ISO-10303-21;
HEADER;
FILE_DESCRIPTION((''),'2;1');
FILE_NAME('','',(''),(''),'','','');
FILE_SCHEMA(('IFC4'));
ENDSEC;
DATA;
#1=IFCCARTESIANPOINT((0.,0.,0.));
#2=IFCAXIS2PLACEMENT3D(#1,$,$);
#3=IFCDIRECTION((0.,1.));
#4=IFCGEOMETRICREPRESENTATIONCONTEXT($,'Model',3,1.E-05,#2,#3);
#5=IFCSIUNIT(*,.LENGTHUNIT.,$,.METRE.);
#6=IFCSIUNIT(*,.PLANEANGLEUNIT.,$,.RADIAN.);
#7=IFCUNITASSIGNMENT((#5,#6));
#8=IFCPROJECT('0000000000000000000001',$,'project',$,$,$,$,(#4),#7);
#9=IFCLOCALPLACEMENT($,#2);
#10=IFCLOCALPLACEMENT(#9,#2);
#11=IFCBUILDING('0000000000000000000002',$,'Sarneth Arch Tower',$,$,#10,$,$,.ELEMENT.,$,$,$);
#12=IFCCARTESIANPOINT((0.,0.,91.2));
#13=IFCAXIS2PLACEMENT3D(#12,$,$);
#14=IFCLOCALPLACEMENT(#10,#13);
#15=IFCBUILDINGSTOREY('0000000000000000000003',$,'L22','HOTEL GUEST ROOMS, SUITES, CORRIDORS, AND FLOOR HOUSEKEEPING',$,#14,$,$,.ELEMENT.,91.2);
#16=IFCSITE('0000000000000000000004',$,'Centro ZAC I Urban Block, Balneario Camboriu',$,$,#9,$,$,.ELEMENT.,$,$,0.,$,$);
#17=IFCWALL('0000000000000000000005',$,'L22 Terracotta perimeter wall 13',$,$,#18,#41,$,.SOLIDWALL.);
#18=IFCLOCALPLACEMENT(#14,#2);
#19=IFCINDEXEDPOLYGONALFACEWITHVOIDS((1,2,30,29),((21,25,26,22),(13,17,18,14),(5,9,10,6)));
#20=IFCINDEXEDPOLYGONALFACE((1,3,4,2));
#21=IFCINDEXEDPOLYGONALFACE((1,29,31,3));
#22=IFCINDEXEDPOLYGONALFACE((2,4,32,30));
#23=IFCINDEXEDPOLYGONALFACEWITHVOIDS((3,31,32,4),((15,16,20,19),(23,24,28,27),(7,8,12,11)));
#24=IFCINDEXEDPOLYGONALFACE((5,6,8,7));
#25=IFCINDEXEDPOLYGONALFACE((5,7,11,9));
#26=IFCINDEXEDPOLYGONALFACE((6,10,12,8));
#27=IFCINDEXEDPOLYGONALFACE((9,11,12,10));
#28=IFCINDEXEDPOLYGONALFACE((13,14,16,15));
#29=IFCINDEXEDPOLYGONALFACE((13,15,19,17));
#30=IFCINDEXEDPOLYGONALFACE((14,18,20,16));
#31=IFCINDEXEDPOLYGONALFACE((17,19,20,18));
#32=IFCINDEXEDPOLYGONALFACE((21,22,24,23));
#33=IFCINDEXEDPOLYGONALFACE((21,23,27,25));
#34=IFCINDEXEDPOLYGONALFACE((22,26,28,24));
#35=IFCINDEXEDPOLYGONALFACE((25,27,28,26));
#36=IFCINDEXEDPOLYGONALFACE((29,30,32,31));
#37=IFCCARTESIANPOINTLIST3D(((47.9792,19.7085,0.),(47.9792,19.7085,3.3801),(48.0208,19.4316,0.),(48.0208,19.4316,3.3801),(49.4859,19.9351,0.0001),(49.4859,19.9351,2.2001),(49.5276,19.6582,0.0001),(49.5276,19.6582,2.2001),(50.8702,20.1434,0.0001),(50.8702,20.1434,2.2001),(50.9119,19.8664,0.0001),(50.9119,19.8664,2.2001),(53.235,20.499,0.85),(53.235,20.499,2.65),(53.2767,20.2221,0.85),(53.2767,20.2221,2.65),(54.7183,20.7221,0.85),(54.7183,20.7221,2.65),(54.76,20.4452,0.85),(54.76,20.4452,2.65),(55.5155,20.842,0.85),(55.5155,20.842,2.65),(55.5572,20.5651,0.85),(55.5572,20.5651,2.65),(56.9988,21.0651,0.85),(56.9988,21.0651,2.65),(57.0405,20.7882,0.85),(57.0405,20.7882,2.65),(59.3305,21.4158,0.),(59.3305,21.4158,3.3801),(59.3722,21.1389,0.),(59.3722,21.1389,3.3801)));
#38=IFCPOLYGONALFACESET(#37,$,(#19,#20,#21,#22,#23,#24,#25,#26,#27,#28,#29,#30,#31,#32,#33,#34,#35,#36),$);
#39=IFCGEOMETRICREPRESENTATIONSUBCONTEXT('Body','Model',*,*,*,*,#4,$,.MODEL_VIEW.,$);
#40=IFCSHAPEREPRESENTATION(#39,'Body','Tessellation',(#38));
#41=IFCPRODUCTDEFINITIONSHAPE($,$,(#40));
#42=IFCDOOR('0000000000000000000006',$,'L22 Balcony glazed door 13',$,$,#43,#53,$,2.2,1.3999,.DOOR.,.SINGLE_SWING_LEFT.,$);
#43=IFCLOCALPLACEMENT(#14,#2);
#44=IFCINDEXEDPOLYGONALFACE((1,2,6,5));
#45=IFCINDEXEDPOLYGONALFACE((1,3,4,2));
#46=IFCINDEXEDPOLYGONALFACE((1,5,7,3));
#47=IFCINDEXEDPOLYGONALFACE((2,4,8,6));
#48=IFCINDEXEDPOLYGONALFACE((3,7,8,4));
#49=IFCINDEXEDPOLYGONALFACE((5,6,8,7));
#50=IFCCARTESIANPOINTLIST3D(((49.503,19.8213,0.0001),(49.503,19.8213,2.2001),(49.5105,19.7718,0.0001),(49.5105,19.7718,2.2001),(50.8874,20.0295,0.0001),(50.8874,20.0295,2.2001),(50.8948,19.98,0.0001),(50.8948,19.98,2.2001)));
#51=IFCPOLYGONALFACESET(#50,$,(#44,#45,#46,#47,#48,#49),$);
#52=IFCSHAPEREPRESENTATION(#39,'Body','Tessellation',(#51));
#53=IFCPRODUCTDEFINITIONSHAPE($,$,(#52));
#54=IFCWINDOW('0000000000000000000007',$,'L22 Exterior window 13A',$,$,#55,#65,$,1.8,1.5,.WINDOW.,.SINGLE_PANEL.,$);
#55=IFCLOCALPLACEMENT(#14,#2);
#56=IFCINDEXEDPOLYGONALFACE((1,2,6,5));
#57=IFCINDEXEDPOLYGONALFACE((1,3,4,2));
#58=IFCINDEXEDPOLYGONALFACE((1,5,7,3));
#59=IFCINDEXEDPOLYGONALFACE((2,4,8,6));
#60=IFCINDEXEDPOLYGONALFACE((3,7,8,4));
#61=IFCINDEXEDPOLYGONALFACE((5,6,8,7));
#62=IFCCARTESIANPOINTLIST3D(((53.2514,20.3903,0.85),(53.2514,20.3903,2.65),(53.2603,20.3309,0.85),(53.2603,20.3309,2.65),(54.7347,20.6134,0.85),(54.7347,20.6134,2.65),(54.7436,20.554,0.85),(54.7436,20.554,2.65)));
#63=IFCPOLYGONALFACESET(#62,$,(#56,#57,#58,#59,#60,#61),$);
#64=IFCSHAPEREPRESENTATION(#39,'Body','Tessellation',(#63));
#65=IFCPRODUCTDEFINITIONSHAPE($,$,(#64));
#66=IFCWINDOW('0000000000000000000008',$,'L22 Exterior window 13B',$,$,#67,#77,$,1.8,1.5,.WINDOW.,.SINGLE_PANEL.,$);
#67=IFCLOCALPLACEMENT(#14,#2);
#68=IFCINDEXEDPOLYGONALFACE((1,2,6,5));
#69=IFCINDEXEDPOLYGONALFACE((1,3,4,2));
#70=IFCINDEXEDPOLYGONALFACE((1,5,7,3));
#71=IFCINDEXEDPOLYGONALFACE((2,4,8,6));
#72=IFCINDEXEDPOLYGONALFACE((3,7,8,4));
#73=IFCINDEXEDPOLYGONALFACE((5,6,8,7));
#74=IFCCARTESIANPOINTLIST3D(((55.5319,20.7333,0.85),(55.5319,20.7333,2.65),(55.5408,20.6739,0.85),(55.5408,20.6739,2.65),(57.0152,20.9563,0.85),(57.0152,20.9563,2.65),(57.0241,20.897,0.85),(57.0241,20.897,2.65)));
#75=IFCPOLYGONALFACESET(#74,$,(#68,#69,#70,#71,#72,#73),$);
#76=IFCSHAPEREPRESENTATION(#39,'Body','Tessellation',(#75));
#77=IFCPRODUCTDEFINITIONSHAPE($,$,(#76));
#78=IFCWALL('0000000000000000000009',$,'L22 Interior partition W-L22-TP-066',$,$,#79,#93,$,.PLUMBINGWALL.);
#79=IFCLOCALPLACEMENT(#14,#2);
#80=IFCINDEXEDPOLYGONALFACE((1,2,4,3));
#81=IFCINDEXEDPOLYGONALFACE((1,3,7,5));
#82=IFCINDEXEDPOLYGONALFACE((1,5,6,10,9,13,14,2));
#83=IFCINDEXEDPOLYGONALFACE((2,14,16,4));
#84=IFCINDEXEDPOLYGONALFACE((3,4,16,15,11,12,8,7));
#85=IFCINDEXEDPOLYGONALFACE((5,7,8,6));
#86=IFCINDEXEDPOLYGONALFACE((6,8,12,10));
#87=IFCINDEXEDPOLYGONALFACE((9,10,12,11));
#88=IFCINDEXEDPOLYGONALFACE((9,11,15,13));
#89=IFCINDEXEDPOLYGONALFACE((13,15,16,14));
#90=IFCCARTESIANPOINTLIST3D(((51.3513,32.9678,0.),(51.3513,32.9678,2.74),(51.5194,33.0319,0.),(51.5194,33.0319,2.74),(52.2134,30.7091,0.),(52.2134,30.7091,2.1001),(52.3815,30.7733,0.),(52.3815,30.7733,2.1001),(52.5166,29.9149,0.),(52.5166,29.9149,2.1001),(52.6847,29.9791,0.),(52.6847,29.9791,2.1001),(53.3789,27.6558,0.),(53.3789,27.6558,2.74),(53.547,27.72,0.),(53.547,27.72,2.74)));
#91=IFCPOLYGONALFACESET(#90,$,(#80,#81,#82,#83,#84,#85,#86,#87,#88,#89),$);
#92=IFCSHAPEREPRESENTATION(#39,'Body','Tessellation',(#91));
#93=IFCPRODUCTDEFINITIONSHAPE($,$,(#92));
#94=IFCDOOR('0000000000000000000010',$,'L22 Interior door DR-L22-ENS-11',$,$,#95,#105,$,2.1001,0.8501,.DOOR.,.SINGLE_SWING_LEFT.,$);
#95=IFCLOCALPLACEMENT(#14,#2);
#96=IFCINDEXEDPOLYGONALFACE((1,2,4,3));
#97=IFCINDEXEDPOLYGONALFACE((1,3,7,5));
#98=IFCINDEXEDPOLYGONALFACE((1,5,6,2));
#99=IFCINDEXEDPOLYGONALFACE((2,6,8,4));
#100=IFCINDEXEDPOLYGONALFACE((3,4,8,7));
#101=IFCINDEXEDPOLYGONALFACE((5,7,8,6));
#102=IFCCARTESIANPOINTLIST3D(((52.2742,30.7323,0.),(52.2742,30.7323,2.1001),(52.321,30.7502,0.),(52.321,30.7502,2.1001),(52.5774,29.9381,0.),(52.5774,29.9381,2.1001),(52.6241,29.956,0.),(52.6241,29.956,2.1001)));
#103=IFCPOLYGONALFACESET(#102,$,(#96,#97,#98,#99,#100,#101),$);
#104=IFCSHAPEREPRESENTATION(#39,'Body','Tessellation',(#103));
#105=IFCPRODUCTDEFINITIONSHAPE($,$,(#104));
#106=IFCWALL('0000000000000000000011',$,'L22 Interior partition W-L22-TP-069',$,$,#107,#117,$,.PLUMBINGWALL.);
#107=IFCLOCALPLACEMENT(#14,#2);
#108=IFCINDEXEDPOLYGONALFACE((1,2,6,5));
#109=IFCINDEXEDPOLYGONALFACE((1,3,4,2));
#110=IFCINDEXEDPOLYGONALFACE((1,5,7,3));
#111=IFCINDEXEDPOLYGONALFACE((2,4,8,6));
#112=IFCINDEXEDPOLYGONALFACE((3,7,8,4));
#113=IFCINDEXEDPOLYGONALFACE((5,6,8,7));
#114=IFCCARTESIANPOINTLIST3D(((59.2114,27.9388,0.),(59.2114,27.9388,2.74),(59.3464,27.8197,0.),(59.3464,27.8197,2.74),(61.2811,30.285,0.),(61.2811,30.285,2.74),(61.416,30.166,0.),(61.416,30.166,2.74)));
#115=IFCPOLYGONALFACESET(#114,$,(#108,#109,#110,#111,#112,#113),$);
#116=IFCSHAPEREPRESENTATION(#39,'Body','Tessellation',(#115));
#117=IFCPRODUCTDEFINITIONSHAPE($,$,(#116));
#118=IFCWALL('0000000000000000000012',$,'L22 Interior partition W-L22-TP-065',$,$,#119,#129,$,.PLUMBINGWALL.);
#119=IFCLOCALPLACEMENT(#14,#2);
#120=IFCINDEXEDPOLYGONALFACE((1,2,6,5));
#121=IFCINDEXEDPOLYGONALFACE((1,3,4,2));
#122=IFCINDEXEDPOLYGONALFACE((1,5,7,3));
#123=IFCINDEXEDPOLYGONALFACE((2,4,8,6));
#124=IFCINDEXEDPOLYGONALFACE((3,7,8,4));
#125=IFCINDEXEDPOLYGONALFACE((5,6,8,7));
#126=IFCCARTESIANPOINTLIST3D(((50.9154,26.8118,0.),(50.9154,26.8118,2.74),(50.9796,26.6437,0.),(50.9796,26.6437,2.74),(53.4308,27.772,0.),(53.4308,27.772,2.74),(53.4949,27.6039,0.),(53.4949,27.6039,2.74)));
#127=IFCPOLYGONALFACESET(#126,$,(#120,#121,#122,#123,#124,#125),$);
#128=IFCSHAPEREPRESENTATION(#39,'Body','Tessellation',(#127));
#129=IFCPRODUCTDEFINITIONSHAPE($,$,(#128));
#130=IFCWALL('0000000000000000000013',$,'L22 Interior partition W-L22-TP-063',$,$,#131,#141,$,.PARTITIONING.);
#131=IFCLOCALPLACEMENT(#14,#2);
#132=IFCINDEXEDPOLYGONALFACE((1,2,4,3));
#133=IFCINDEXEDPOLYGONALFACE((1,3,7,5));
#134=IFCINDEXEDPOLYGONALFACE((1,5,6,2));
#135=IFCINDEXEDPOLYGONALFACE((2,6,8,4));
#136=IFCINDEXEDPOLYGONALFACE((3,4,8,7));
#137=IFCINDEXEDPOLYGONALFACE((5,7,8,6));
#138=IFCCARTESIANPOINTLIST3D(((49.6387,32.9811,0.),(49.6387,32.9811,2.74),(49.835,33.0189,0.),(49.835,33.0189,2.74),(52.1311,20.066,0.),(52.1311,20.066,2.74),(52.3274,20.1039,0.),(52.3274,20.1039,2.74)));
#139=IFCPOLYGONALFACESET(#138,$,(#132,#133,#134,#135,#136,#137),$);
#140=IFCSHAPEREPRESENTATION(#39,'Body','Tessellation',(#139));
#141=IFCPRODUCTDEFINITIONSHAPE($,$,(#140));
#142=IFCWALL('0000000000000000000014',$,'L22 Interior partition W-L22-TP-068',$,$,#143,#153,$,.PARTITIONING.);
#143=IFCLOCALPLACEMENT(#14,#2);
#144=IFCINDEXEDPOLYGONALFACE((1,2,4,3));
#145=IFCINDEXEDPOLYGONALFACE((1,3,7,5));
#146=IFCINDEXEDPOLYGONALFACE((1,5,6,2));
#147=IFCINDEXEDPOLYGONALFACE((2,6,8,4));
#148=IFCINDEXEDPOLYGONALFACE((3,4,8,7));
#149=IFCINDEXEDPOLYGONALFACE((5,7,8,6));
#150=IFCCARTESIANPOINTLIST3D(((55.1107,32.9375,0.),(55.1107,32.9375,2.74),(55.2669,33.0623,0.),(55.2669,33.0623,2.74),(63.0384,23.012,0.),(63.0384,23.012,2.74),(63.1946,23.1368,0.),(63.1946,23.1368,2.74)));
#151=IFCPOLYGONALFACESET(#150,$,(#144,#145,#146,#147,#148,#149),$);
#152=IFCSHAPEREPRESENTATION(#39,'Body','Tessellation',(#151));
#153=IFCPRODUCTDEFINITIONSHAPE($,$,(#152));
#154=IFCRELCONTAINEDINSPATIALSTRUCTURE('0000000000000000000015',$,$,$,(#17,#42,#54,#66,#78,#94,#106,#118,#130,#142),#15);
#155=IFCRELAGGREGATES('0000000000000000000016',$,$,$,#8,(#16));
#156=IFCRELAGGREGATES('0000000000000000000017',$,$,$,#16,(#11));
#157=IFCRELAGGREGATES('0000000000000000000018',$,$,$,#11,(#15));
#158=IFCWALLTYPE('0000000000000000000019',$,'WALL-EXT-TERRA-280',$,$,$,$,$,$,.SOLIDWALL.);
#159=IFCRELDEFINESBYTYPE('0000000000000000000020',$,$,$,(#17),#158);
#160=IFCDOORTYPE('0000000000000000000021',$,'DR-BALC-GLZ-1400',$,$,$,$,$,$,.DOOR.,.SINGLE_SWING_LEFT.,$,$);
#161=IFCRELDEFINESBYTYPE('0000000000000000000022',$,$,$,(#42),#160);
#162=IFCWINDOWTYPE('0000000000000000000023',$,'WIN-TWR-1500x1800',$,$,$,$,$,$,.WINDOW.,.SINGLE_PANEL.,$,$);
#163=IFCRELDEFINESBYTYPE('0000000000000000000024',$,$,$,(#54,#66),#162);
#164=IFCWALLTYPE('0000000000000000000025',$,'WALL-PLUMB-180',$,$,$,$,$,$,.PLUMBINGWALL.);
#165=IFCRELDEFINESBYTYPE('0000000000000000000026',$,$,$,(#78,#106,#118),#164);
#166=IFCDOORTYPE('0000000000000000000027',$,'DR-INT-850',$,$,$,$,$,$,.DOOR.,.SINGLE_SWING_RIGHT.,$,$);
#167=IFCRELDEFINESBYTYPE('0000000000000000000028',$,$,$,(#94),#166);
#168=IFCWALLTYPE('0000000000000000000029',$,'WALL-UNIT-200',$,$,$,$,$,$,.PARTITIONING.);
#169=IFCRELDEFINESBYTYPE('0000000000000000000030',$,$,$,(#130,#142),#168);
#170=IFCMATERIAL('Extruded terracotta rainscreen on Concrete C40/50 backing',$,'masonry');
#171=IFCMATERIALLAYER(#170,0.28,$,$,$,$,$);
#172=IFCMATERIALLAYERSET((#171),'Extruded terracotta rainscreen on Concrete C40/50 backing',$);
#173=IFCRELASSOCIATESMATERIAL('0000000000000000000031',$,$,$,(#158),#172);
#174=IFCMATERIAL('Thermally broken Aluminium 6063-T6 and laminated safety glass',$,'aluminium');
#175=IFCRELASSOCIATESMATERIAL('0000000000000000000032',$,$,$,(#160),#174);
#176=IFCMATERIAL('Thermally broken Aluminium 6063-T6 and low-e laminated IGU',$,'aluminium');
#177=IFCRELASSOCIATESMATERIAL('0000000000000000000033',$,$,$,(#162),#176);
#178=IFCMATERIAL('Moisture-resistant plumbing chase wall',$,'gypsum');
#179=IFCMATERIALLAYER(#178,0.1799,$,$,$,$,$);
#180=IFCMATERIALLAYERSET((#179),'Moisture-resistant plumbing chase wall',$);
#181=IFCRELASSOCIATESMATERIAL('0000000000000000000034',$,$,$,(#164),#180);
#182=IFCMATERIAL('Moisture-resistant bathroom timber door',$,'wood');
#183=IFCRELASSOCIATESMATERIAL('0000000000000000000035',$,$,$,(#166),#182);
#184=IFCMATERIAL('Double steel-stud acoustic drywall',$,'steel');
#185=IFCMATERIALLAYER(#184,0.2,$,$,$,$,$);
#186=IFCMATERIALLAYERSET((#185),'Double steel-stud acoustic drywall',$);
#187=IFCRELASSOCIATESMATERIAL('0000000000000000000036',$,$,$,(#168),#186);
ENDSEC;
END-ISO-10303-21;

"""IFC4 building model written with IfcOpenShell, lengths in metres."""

from ifc_helpers import new_model, si_unit, direction, frame, frame_2d, origin, place, context, subcontext, project, spatial, rectangle, extrude, material, layer, layer_set, type_object, element, fill, save


model = new_model("IFC4")

# Units and contexts
model_context = context("Model", 3, precision=1e-05, world=origin(), true_north=direction((0.0, 1.0)))
body_context = subcontext(model_context, "Body", "Model", "MODEL_VIEW")
ifc_project = project(units=[si_unit("LENGTHUNIT", "METRE"), si_unit("PLANEANGLEUNIT", "RADIAN")], contexts=[model_context])

# Site, building, storey
site_placement = place(None, origin())
site = spatial("IfcSite", under=ifc_project, at=site_placement, Name="Centro ZAC I Urban Block, Balneario Camboriu", CompositionType="ELEMENT", RefElevation=0.0)
building_placement = place(site_placement, origin())
building = spatial("IfcBuilding", under=site, at=building_placement, Name="Sarneth Arch Tower", CompositionType="ELEMENT")
storey_placement = place(building_placement, frame((0.0, 0.0, 91.2)))
storey = spatial("IfcBuildingStorey", under=building, at=storey_placement, Name="L22", Description="HOTEL GUEST ROOMS, SUITES, CORRIDORS, AND FLOOR HOUSEKEEPING", CompositionType="ELEMENT", Elevation=91.2)

# Wall, openings, door, windows
ifc_material_1 = material(Name="Extruded terracotta rainscreen on Concrete C40/50 backing", Category="masonry")
ifc_layer_1 = layer(ifc_material_1, 0.28)
ifc_layer_set_1 = layer_set([ifc_layer_1], Name="Extruded terracotta rainscreen on Concrete C40/50 backing")
wall_type_1 = type_object("IfcWallType", Name="WALL-EXT-TERRA-280", PredefinedType="SOLIDWALL", material=ifc_layer_set_1)
wall_1_placement = place(storey_placement, frame((48.0, 19.5701, 0.0), z_axis=(0.0, 0.0, 1.0), x_axis=(0.988878, 0.14873, 0.0)))
wall_1 = element("IfcWall", 1, at=wall_1_placement, inside=storey, type_object=wall_type_1, Name="L22 Terracotta perimeter wall 13", PredefinedType="SOLIDWALL", context=body_context, shape_type="SweptSolid", body=[
    extrude(rectangle(XDim=11.479, YDim=0.28, at=frame_2d((5.7395, 0.0))), origin(), (0.0, 0.0, 1.0), 3.3801),
])
opening_1_placement = place(wall_1_placement, frame((1.5237, 0.0, 0.0)))
opening_1 = element("IfcOpeningElement", 2, at=opening_1_placement, cuts=wall_1, PredefinedType="OPENING", context=body_context, shape_type="SweptSolid", body=[
    extrude(rectangle(XDim=1.3999, YDim=2.2, at=frame_2d((0.7, 1.1001))), frame((0.0, 0.1499, 0.0), z_axis=(0.0, -1.0, 0.0), x_axis=(1.0, 0.0, 0.0)), (0.0, 0.0, 1.0), 0.3),
])
opening_2_placement = place(wall_1_placement, frame((5.3149, 0.0, 0.8501)))
opening_2 = element("IfcOpeningElement", 3, at=opening_2_placement, cuts=wall_1, PredefinedType="OPENING", context=body_context, shape_type="SweptSolid", body=[
    extrude(rectangle(XDim=1.5, YDim=1.8, at=frame_2d((0.75, 0.8999))), frame((0.0, 0.1499, 0.0), z_axis=(0.0, -1.0, 0.0), x_axis=(1.0, 0.0, 0.0)), (0.0, 0.0, 1.0), 0.3),
])
opening_3_placement = place(wall_1_placement, frame((7.6211, 0.0, 0.8501)))
opening_3 = element("IfcOpeningElement", 4, at=opening_3_placement, cuts=wall_1, PredefinedType="OPENING", context=body_context, shape_type="SweptSolid", body=[
    extrude(rectangle(XDim=1.5, YDim=1.8, at=frame_2d((0.75, 0.8999))), frame((0.0, 0.1499, 0.0), z_axis=(0.0, -1.0, 0.0), x_axis=(1.0, 0.0, 0.0)), (0.0, 0.0, 1.0), 0.3),
])
ifc_material_2 = material(Name="Thermally broken Aluminium 6063-T6 and laminated safety glass", Category="aluminium")
door_type_1 = type_object("IfcDoorType", Name="DR-BALC-GLZ-1400", OperationType="SINGLE_SWING_LEFT", PredefinedType="DOOR", material=ifc_material_2)
door_1_placement = place(opening_1_placement, origin())
door_1 = element("IfcDoor", 5, at=door_1_placement, inside=storey, type_object=door_type_1, Name="L22 Balcony glazed door 13", OperationType="SINGLE_SWING_LEFT", OverallHeight=2.2, OverallWidth=1.3999, PredefinedType="DOOR", context=body_context, shape_type="SweptSolid", body=[
    extrude(rectangle(XDim=1.3999, YDim=2.2, at=frame_2d((0.7, 1.1001))), frame((0.0, 0.0249, 0.0), z_axis=(0.0, -1.0, 0.0), x_axis=(1.0, 0.0, 0.0)), (0.0, 0.0, 1.0), 0.05),
])
fill(opening_1, door_1)
ifc_material_3 = material(Name="Thermally broken Aluminium 6063-T6 and low-e laminated IGU", Category="aluminium")
window_type = type_object("IfcWindowType", Name="WIN-TWR-1500x1800", PartitioningType="SINGLE_PANEL", PredefinedType="WINDOW", material=ifc_material_3)
window_1_placement = place(opening_2_placement, origin())
window_1 = element("IfcWindow", 6, at=window_1_placement, inside=storey, type_object=window_type, Name="L22 Exterior window 13A", OverallHeight=1.8, OverallWidth=1.5, PartitioningType="SINGLE_PANEL", PredefinedType="WINDOW", context=body_context, shape_type="SweptSolid", body=[
    extrude(rectangle(XDim=1.5, YDim=1.8, at=frame_2d((0.75, 0.8999))), frame((0.0, 0.03, 0.0), z_axis=(0.0, -1.0, 0.0), x_axis=(1.0, 0.0, 0.0)), (0.0, 0.0, 1.0), 0.0601),
])
fill(opening_2, window_1)
window_2_placement = place(opening_3_placement, origin())
window_2 = element("IfcWindow", 7, at=window_2_placement, inside=storey, type_object=window_type, Name="L22 Exterior window 13B", OverallHeight=1.8, OverallWidth=1.5, PartitioningType="SINGLE_PANEL", PredefinedType="WINDOW", context=body_context, shape_type="SweptSolid", body=[
    extrude(rectangle(XDim=1.5, YDim=1.8, at=frame_2d((0.75, 0.8999))), frame((0.0, 0.03, 0.0), z_axis=(0.0, -1.0, 0.0), x_axis=(1.0, 0.0, 0.0)), (0.0, 0.0, 1.0), 0.0601),
])
fill(opening_3, window_2)

# Wall, opening, door
ifc_material_4 = material(Name="Moisture-resistant plumbing chase wall", Category="gypsum")
ifc_layer_2 = layer(ifc_material_4, 0.1799)
ifc_layer_set_2 = layer_set([ifc_layer_2], Name="Moisture-resistant plumbing chase wall")
wall_type_2 = type_object("IfcWallType", Name="WALL-PLUMB-180", PredefinedType="PLUMBINGWALL", material=ifc_layer_set_2)
wall_2_placement = place(storey_placement, frame((53.4629, 27.688, 0.0), z_axis=(0.0, 0.0, 1.0), x_axis=(-0.356604, 0.934256, 0.0)))
wall_2 = element("IfcWall", 8, at=wall_2_placement, inside=storey, type_object=wall_type_2, Name="L22 Interior partition W-L22-TP-066", PredefinedType="PLUMBINGWALL", context=body_context, shape_type="SweptSolid", body=[
    extrude(rectangle(XDim=5.6858, YDim=0.1799, at=frame_2d((2.8428, 0.0))), origin(), (0.0, 0.0, 1.0), 2.74),
])
opening_4_placement = place(wall_2_placement, frame((2.418, 0.0, 0.0)))
opening_4 = element("IfcOpeningElement", 9, at=opening_4_placement, cuts=wall_2, PredefinedType="OPENING", context=body_context, shape_type="SweptSolid", body=[
    extrude(rectangle(XDim=0.8501, YDim=2.1001, at=frame_2d((0.425, 1.05))), frame((0.0, 0.0999, 0.0), z_axis=(0.0, -1.0, 0.0), x_axis=(1.0, 0.0, 0.0)), (0.0, 0.0, 1.0), 0.2),
])
ifc_material_5 = material(Name="Moisture-resistant bathroom timber door", Category="wood")
door_type_2 = type_object("IfcDoorType", Name="DR-INT-850", OperationType="SINGLE_SWING_RIGHT", PredefinedType="DOOR", material=ifc_material_5)
door_2_placement = place(opening_4_placement, origin())
door_2 = element("IfcDoor", 10, at=door_2_placement, inside=storey, type_object=door_type_2, Name="L22 Interior door DR-L22-ENS-11", OperationType="SINGLE_SWING_LEFT", OverallHeight=2.1001, OverallWidth=0.8501, PredefinedType="DOOR", context=body_context, shape_type="SweptSolid", body=[
    extrude(rectangle(XDim=0.8501, YDim=2.1001, at=frame_2d((0.425, 1.05))), frame((0.0, 0.0249, 0.0), z_axis=(0.0, -1.0, 0.0), x_axis=(1.0, 0.0, 0.0)), (0.0, 0.0, 1.0), 0.05),
])
fill(opening_4, door_2)

# Walls
wall_3_placement = place(storey_placement, frame((59.2788, 27.8792, 0.0), z_axis=(0.0, 0.0, 1.0), x_axis=(0.661516, 0.749931, 0.0)))
element("IfcWall", 11, at=wall_3_placement, inside=storey, type_object=wall_type_2, Name="L22 Interior partition W-L22-TP-069", PredefinedType="PLUMBINGWALL", context=body_context, shape_type="SweptSolid", body=[
    extrude(rectangle(XDim=3.1287, YDim=0.1799, at=frame_2d((1.5645, 0.0))), origin(), (0.0, 0.0, 1.0), 2.74),
])
wall_4_placement = place(storey_placement, frame((50.9475, 26.7278, 0.0), z_axis=(0.0, 0.0, 1.0), x_axis=(0.934245, 0.356632, 0.0)))
element("IfcWall", 12, at=wall_4_placement, inside=storey, type_object=wall_type_2, Name="L22 Interior partition W-L22-TP-065", PredefinedType="PLUMBINGWALL", context=body_context, shape_type="SweptSolid", body=[
    extrude(rectangle(XDim=2.6924, YDim=0.1799, at=frame_2d((1.3462, 0.0))), origin(), (0.0, 0.0, 1.0), 2.74),
])
ifc_material_6 = material(Name="Double steel-stud acoustic drywall", Category="steel")
ifc_layer_3 = layer(ifc_material_6, 0.2)
ifc_layer_set_3 = layer_set([ifc_layer_3], Name="Double steel-stud acoustic drywall")
wall_type_3 = type_object("IfcWallType", Name="WALL-UNIT-200", PredefinedType="PARTITIONING", material=ifc_layer_set_3)
wall_5_placement = place(storey_placement, frame((49.7368, 33.0, 0.0), z_axis=(0.0, 0.0, 1.0), x_axis=(0.18949, -0.981883, 0.0)))
element("IfcWall", 13, at=wall_5_placement, inside=storey, type_object=wall_type_3, Name="L22 Interior partition W-L22-TP-063", PredefinedType="PARTITIONING", context=body_context, shape_type="SweptSolid", body=[
    extrude(rectangle(XDim=13.1533, YDim=0.2, at=frame_2d((6.5767, 0.0))), origin(), (0.0, 0.0, 1.0), 2.74),
])
wall_6_placement = place(storey_placement, frame((55.1887, 33.0, 0.0), z_axis=(0.0, 0.0, 1.0), x_axis=(0.624085, -0.781356, 0.0)))
element("IfcWall", 14, at=wall_6_placement, inside=storey, type_object=wall_type_3, Name="L22 Interior partition W-L22-TP-068", PredefinedType="PARTITIONING", context=body_context, shape_type="SweptSolid", body=[
    extrude(rectangle(XDim=12.7029, YDim=0.2, at=frame_2d((6.3516, 0.0))), origin(), (0.0, 0.0, 1.0), 2.74),
])

save(model, "model.ifc")
